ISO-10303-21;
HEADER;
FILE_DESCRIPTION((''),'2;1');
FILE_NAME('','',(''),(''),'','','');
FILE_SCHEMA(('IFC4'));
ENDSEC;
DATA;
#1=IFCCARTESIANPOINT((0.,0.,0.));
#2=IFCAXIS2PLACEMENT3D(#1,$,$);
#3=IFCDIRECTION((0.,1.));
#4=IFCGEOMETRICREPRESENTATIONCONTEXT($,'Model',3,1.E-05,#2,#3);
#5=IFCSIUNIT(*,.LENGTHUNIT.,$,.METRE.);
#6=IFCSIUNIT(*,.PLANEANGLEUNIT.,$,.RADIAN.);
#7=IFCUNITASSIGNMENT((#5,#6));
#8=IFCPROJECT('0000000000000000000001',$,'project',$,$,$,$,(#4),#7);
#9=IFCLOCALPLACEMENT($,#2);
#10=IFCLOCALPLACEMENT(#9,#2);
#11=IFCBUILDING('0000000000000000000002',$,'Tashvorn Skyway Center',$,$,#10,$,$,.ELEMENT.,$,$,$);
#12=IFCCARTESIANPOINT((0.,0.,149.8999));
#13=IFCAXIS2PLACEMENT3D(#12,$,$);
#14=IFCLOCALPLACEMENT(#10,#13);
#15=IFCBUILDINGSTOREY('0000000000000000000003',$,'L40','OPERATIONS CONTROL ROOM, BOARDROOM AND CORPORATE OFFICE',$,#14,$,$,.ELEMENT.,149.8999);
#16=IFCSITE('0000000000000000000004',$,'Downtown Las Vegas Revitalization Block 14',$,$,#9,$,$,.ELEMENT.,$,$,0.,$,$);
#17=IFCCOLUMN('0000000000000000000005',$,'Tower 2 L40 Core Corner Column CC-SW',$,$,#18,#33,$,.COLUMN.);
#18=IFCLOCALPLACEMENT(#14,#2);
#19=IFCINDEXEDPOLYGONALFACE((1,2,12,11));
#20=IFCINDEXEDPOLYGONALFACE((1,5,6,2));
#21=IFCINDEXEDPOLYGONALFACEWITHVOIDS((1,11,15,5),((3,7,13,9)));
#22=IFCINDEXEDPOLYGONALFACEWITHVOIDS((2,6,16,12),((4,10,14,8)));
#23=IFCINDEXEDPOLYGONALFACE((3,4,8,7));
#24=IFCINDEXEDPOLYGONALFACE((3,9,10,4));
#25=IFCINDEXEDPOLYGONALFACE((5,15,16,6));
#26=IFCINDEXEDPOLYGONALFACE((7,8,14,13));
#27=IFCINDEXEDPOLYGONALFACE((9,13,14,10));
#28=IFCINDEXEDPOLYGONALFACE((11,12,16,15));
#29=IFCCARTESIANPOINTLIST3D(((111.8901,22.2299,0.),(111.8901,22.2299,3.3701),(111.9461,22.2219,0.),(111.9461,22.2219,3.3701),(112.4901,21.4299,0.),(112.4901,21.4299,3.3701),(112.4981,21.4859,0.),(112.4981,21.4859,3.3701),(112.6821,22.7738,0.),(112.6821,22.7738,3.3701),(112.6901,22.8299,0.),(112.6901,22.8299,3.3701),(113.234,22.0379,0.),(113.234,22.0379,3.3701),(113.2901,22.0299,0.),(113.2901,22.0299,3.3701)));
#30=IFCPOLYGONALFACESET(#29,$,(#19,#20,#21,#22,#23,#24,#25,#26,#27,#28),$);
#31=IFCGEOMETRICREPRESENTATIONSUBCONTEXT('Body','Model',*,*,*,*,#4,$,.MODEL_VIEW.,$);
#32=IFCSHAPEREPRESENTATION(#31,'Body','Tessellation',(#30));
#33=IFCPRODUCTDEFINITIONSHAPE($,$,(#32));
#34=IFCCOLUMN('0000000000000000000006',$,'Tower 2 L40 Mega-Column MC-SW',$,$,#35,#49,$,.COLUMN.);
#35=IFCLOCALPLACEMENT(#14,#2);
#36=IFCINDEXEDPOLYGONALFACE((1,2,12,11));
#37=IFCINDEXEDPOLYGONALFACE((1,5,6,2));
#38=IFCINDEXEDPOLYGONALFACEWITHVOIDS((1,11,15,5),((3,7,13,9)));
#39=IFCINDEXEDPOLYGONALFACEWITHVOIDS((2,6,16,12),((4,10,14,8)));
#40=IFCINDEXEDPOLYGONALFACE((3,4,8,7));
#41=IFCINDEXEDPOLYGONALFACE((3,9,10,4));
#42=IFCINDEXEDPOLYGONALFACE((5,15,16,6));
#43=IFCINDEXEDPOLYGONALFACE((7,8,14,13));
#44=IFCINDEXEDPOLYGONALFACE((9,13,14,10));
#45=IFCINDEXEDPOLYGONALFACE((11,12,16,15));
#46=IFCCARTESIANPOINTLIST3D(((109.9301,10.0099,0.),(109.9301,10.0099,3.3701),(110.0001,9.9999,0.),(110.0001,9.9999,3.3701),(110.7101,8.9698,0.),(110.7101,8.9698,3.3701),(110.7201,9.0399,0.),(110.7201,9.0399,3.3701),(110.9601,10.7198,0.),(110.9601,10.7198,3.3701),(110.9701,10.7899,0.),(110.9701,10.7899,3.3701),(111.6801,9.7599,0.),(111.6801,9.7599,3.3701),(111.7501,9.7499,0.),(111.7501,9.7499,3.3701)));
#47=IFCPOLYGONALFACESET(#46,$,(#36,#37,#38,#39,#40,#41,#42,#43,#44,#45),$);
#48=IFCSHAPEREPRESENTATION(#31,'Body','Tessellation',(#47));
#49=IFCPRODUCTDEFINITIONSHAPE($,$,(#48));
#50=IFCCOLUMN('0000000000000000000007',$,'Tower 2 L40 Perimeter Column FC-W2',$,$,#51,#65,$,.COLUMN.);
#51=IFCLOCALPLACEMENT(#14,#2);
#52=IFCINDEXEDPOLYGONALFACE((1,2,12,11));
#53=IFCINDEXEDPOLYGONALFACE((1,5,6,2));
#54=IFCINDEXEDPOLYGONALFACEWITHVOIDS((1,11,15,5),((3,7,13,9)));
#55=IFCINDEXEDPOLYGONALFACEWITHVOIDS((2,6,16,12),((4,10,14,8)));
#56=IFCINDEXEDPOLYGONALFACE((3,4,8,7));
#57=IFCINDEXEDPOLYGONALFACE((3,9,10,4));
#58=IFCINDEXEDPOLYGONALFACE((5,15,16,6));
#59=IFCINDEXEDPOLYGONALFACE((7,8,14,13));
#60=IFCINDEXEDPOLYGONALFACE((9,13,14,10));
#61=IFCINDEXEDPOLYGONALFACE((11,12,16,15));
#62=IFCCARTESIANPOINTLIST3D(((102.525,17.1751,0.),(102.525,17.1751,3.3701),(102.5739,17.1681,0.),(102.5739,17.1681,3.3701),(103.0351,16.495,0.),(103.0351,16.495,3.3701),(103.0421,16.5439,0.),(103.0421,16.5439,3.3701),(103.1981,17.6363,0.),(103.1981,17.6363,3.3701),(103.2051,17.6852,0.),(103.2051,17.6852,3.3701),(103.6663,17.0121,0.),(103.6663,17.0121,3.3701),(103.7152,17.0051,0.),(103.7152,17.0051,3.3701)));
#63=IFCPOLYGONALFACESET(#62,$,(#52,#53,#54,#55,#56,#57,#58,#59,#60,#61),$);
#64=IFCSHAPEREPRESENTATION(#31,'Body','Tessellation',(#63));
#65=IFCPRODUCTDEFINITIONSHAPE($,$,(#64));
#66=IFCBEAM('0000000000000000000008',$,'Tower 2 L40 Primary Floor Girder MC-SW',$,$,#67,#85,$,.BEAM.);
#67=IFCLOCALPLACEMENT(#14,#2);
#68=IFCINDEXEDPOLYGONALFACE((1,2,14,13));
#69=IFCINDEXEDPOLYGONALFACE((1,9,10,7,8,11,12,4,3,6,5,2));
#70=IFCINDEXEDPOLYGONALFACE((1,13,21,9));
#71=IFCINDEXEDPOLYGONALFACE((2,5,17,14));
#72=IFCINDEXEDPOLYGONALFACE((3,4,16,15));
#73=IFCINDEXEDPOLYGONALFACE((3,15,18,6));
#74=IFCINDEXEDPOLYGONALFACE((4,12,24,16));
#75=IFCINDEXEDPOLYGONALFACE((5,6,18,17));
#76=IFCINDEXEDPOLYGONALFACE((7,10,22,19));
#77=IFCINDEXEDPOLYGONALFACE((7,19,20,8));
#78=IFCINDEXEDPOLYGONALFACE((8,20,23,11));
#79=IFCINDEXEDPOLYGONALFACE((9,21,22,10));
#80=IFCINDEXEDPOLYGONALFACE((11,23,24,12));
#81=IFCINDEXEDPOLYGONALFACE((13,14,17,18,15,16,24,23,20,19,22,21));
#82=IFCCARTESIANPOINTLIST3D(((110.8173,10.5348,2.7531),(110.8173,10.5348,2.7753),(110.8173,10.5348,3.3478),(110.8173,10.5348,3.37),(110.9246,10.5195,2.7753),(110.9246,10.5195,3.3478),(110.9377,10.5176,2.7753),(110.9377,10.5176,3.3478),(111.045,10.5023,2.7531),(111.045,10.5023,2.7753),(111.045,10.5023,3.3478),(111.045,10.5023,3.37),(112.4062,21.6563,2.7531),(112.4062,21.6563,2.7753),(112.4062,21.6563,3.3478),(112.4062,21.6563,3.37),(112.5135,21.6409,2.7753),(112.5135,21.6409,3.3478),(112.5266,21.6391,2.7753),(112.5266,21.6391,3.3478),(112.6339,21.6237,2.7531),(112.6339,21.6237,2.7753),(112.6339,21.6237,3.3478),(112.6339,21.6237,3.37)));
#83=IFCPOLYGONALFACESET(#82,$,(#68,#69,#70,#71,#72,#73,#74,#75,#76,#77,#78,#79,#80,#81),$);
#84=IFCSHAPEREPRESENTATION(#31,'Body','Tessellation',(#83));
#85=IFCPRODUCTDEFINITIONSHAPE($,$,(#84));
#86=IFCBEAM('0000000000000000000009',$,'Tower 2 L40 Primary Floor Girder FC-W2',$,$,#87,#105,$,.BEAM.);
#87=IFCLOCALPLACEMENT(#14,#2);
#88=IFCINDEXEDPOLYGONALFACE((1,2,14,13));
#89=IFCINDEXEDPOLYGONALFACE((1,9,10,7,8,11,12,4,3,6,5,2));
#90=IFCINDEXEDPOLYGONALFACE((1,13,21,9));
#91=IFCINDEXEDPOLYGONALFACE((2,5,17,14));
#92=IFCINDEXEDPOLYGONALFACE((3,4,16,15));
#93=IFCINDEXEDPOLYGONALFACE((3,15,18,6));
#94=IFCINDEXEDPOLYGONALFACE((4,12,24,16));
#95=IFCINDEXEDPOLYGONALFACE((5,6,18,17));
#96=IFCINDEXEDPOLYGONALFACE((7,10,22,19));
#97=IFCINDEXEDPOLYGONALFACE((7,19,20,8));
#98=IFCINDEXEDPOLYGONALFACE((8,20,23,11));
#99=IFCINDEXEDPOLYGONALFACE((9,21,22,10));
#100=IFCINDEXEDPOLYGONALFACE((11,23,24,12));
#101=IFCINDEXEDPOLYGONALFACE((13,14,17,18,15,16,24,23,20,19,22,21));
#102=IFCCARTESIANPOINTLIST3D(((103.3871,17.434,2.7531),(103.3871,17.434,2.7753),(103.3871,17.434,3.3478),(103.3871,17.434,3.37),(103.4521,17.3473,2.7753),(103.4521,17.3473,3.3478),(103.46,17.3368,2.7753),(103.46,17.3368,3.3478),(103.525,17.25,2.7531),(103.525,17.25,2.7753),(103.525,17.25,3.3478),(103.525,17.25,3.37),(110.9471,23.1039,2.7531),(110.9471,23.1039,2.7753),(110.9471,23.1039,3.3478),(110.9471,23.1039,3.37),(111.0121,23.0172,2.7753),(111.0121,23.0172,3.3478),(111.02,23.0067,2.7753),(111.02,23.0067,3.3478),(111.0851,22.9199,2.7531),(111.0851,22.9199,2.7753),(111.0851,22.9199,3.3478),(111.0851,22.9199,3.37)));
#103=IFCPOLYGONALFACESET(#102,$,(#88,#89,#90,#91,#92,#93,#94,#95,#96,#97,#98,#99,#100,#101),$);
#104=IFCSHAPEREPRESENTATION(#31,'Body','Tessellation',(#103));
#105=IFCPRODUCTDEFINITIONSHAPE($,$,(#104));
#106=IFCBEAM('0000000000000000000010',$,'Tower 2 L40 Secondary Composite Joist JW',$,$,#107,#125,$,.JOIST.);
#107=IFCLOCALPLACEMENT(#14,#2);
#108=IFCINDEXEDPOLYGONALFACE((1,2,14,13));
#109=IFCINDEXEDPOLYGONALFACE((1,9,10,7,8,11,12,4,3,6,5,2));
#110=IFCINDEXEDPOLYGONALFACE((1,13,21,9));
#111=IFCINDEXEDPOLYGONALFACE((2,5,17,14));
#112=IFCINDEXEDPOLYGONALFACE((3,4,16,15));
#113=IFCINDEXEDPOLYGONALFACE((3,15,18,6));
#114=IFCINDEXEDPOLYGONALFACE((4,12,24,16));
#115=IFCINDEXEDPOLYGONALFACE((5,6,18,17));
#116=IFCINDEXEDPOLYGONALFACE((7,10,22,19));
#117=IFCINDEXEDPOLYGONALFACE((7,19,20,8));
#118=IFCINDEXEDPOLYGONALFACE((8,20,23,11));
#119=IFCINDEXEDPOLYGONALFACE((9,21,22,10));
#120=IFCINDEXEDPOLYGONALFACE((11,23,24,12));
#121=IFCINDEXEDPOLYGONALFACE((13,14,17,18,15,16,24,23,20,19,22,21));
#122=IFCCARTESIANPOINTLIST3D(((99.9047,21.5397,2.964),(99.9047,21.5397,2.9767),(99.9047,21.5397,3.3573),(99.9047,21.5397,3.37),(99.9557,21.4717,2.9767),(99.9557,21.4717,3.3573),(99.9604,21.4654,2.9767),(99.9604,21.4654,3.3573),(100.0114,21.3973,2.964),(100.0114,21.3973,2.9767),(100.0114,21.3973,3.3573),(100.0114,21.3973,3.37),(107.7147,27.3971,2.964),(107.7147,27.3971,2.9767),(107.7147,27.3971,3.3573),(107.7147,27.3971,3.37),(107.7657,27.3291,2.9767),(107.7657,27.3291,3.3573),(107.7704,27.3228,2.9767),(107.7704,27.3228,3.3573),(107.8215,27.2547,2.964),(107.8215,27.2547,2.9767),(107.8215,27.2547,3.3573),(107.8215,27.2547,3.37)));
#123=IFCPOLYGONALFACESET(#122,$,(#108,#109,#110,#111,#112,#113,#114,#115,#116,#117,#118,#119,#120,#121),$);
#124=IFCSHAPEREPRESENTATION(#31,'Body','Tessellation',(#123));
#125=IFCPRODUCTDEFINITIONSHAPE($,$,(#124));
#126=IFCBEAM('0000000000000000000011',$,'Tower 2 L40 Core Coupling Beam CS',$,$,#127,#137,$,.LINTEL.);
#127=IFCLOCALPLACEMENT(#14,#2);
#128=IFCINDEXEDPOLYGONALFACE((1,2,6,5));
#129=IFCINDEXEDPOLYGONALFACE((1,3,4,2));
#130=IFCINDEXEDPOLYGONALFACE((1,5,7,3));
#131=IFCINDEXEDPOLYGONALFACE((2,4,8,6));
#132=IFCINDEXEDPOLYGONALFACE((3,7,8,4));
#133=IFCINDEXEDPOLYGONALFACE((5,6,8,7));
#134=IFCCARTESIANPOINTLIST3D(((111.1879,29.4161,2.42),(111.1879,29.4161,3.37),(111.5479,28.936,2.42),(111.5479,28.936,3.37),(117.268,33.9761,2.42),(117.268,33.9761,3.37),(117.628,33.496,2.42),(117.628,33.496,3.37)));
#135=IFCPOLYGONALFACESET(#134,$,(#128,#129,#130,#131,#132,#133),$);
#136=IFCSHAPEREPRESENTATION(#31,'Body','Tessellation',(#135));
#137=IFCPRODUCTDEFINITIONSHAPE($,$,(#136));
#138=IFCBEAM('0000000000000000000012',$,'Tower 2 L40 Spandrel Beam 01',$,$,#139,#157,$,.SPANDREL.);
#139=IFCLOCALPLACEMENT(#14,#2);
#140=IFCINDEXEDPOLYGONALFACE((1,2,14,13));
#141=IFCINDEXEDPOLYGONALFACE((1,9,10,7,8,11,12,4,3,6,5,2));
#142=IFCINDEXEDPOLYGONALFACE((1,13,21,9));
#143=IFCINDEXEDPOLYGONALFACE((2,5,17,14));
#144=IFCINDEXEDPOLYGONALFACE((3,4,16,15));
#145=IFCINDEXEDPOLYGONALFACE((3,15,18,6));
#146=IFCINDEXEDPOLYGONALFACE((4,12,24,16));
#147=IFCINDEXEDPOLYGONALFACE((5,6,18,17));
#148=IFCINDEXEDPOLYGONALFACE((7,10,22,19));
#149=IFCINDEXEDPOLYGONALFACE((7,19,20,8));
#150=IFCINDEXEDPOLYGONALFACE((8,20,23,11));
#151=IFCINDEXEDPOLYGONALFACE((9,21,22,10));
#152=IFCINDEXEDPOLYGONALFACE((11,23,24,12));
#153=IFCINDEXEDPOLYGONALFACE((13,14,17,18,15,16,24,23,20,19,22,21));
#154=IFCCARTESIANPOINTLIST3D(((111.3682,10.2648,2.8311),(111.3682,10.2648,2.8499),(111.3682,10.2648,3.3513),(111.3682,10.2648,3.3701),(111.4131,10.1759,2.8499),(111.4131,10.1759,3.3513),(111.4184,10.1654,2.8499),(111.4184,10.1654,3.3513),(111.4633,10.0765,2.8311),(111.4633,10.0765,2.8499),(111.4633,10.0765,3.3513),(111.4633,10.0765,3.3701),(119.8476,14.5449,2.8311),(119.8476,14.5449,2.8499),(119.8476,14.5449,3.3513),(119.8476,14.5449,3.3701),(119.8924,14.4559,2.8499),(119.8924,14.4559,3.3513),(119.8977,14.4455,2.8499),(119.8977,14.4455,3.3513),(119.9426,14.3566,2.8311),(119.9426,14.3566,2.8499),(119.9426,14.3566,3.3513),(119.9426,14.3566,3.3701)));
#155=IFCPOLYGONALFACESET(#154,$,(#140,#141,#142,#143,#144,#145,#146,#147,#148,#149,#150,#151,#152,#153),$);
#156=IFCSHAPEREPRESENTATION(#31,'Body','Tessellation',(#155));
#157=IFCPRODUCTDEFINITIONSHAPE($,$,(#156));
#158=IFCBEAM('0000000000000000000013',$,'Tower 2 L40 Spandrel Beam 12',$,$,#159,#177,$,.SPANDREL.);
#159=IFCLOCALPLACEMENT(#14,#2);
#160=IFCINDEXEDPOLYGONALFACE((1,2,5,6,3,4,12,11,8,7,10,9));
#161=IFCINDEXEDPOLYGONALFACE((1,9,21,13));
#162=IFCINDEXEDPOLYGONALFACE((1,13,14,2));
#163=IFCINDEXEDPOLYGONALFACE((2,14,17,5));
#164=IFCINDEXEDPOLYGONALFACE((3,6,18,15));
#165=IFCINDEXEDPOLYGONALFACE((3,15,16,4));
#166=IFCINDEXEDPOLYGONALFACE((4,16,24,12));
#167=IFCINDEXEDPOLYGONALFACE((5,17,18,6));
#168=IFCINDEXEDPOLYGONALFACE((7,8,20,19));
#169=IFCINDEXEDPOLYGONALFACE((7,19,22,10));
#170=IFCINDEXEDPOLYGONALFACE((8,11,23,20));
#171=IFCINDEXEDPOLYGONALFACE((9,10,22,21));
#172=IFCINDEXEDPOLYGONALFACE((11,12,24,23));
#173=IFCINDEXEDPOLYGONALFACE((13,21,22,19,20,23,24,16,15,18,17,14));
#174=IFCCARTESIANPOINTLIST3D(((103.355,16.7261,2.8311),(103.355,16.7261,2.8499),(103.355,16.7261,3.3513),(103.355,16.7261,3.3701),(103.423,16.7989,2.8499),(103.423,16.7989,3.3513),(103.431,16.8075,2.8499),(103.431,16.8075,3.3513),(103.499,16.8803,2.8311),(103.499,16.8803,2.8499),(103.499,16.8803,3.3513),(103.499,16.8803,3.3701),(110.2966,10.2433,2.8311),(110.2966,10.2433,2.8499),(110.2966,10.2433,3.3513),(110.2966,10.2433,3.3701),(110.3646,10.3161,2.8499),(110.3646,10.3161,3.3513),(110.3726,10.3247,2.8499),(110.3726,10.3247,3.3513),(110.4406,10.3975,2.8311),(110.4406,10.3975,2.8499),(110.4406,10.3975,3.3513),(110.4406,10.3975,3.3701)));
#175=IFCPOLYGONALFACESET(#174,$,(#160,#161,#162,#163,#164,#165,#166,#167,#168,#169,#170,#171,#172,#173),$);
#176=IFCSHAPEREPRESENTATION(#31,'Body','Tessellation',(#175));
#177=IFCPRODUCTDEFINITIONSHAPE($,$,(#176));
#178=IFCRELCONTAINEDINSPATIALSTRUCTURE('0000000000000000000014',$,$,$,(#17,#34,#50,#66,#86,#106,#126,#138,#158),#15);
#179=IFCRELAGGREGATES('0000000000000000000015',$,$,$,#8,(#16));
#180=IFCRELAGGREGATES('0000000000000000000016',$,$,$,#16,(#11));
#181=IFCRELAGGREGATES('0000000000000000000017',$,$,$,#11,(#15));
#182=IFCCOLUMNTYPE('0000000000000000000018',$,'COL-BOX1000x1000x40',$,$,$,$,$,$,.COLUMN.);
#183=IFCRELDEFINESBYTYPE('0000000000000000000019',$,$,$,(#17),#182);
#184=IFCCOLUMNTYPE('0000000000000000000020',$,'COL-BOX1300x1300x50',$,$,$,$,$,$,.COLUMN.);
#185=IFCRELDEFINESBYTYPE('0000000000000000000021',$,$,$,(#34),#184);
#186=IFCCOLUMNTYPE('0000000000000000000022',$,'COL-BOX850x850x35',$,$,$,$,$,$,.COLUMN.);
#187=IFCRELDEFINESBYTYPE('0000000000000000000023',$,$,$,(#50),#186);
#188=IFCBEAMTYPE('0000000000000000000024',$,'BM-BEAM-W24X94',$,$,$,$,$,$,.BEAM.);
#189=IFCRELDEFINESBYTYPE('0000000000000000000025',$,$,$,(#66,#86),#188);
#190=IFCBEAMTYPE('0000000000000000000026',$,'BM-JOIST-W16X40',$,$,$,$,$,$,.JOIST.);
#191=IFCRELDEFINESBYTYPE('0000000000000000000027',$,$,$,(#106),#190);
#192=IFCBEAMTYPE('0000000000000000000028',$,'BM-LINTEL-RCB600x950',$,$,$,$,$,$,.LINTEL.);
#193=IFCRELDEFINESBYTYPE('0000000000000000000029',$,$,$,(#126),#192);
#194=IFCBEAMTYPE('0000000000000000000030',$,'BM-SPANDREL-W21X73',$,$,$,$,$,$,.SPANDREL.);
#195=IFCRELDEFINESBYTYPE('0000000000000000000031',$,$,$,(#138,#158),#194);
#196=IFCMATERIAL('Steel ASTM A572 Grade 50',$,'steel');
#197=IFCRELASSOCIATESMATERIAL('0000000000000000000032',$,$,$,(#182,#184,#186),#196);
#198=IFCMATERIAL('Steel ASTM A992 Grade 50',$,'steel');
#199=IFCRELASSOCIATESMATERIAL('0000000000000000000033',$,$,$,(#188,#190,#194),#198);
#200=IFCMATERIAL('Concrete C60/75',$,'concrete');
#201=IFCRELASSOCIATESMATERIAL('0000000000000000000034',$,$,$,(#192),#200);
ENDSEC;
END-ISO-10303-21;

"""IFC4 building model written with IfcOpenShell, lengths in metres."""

from ifc_helpers import new_model, si_unit, direction, frame, origin, origin_2d, place, context, subcontext, project, spatial, rectangle, hollow_rectangle, i_section, extrude, material, material_profile, profile_set, type_object, element, save


model = new_model("IFC4")

# Units and contexts
model_context = context("Model", 3, precision=1e-05, world=origin(), true_north=direction((0.0, 1.0)))
body_context = subcontext(model_context, "Body", "Model", "MODEL_VIEW")
ifc_project = project(units=[si_unit("LENGTHUNIT", "METRE"), si_unit("PLANEANGLEUNIT", "RADIAN")], contexts=[model_context])

# Site, building, storey
site_placement = place(None, origin())
site = spatial("IfcSite", under=ifc_project, at=site_placement, Name="Downtown Las Vegas Revitalization Block 14", CompositionType="ELEMENT", RefElevation=0.0)
building_placement = place(site_placement, origin())
building = spatial("IfcBuilding", under=site, at=building_placement, Name="Tashvorn Skyway Center", CompositionType="ELEMENT")
storey_placement = place(building_placement, frame((0.0, 0.0, 149.8999)))
storey = spatial("IfcBuildingStorey", under=building, at=storey_placement, Name="L40", Description="OPERATIONS CONTROL ROOM, BOARDROOM AND CORPORATE OFFICE", CompositionType="ELEMENT", Elevation=149.8999)

# Columns
ifc_material_1 = material(Name="Steel ASTM A572 Grade 50", Category="steel")
ifc_material_profile_1 = material_profile(ifc_material_1, hollow_rectangle(XDim=1.0, YDim=1.0, WallThickness=0.04, at=origin_2d()), Name="BOX1000x1000x40")
ifc_profile_set_1 = profile_set([ifc_material_profile_1], Name="Steel ASTM A572 Grade 50")
column_type_1 = type_object("IfcColumnType", Name="COL-BOX1000x1000x40", PredefinedType="COLUMN", material=ifc_profile_set_1)
column_1_placement = place(storey_placement, frame((112.5901, 22.1299, 0.0), z_axis=(0.0, 0.0, 1.0), x_axis=(0.8, 0.6, 0.0)))
element("IfcColumn", 1, at=column_1_placement, inside=storey, type_object=column_type_1, Name="Tower 2 L40 Core Corner Column CC-SW", PredefinedType="COLUMN", context=body_context, shape_type="SweptSolid", body=[
    extrude(hollow_rectangle(XDim=1.0, YDim=1.0, WallThickness=0.04, at=origin_2d()), origin(), (0.0, 0.0, 1.0), 3.3701),
])
ifc_material_profile_2 = material_profile(ifc_material_1, hollow_rectangle(XDim=1.3, YDim=1.3, WallThickness=0.05, at=origin_2d()), Name="BOX1300x1300x50")
ifc_profile_set_2 = profile_set([ifc_material_profile_2], Name="Steel ASTM A572 Grade 50")
column_type_2 = type_object("IfcColumnType", Name="COL-BOX1300x1300x50", PredefinedType="COLUMN", material=ifc_profile_set_2)
column_2_placement = place(storey_placement, frame((110.8401, 9.8799, 0.0), z_axis=(0.0, 0.0, 1.0), x_axis=(0.8, 0.6, 0.0)))
element("IfcColumn", 2, at=column_2_placement, inside=storey, type_object=column_type_2, Name="Tower 2 L40 Mega-Column MC-SW", PredefinedType="COLUMN", context=body_context, shape_type="SweptSolid", body=[
    extrude(hollow_rectangle(XDim=1.3, YDim=1.3, WallThickness=0.05, at=origin_2d()), origin(), (0.0, 0.0, 1.0), 3.3701),
])
ifc_material_profile_3 = material_profile(ifc_material_1, hollow_rectangle(XDim=0.8501, YDim=0.8501, WallThickness=0.0349, at=origin_2d()), Name="BOX850x850x35")
ifc_profile_set_3 = profile_set([ifc_material_profile_3], Name="Steel ASTM A572 Grade 50")
column_type_3 = type_object("IfcColumnType", Name="COL-BOX850x850x35", PredefinedType="COLUMN", material=ifc_profile_set_3)
column_3_placement = place(storey_placement, frame((103.1201, 17.0901, 0.0), z_axis=(0.0, 0.0, 1.0), x_axis=(0.8, 0.6, 0.0)))
element("IfcColumn", 3, at=column_3_placement, inside=storey, type_object=column_type_3, Name="Tower 2 L40 Perimeter Column FC-W2", PredefinedType="COLUMN", context=body_context, shape_type="SweptSolid", body=[
    extrude(hollow_rectangle(XDim=0.8501, YDim=0.8501, WallThickness=0.0349, at=origin_2d()), origin(), (0.0, 0.0, 1.0), 3.3701),
])

# Beams
ifc_material_2 = material(Name="Steel ASTM A992 Grade 50", Category="steel")
ifc_material_profile_4 = material_profile(ifc_material_2, i_section(OverallWidth=0.23, OverallDepth=0.6169, WebThickness=0.0132, FlangeThickness=0.0222, at=origin_2d()), Name="W24X94")
ifc_profile_set_4 = profile_set([ifc_material_profile_4], Name="Steel ASTM A992 Grade 50")
beam_type_1 = type_object("IfcBeamType", Name="BM-BEAM-W24X94", PredefinedType="BEAM", material=ifc_profile_set_4)
beam_1_placement = place(storey_placement, frame((110.9312, 10.5186, 3.0615), z_axis=(0.14143, 0.989948, 0.0), x_axis=(-0.989948, 0.14143, 0.0)))
element("IfcBeam", 4, at=beam_1_placement, inside=storey, type_object=beam_type_1, Name="Tower 2 L40 Primary Floor Girder MC-SW", PredefinedType="BEAM", context=body_context, shape_type="SweptSolid", body=[
    extrude(i_section(OverallWidth=0.23, OverallDepth=0.6169, WebThickness=0.0132, FlangeThickness=0.0222, at=origin_2d()), origin(), (0.0, 0.0, 1.0), 11.2344),
])
beam_2_placement = place(storey_placement, frame((103.4561, 17.342, 3.0615), z_axis=(0.800006, 0.599992, 0.0), x_axis=(-0.599992, 0.800006, 0.0)))
element("IfcBeam", 5, at=beam_2_placement, inside=storey, type_object=beam_type_1, Name="Tower 2 L40 Primary Floor Girder FC-W2", PredefinedType="BEAM", context=body_context, shape_type="SweptSolid", body=[
    extrude(i_section(OverallWidth=0.23, OverallDepth=0.6169, WebThickness=0.0132, FlangeThickness=0.0222, at=origin_2d()), origin(), (0.0, 0.0, 1.0), 9.45),
])
ifc_material_profile_5 = material_profile(ifc_material_2, i_section(OverallWidth=0.178, OverallDepth=0.406, WebThickness=0.0078, FlangeThickness=0.0127, at=origin_2d()), Name="W16X40")
ifc_profile_set_5 = profile_set([ifc_material_profile_5], Name="Steel ASTM A992 Grade 50")
beam_type_2 = type_object("IfcBeamType", Name="BM-JOIST-W16X40", PredefinedType="JOIST", material=ifc_profile_set_5)
beam_3_placement = place(storey_placement, frame((107.7681, 27.3259, 3.167), z_axis=(-0.800006, -0.599992, 0.0), x_axis=(0.599992, -0.800006, 0.0)))
element("IfcBeam", 6, at=beam_3_placement, inside=storey, type_object=beam_type_2, Name="Tower 2 L40 Secondary Composite Joist JW", PredefinedType="JOIST", context=body_context, shape_type="SweptSolid", body=[
    extrude(i_section(OverallWidth=0.178, OverallDepth=0.406, WebThickness=0.0078, FlangeThickness=0.0127, at=origin_2d()), origin(), (0.0, 0.0, 1.0), 9.7625),
])
ifc_material_3 = material(Name="Concrete C60/75", Category="concrete")
ifc_material_profile_6 = material_profile(ifc_material_3, rectangle(XDim=0.6001, YDim=0.95, at=origin_2d()), Name="RCB600x950")
ifc_profile_set_6 = profile_set([ifc_material_profile_6], Name="Concrete C60/75")
beam_type_3 = type_object("IfcBeamType", Name="BM-LINTEL-RCB600x950", PredefinedType="LINTEL", material=ifc_profile_set_6)
beam_4_placement = place(storey_placement, frame((111.3679, 29.176, 2.895), z_axis=(0.8, 0.6, 0.0), x_axis=(-0.6, 0.8, 0.0)))
element("IfcBeam", 7, at=beam_4_placement, inside=storey, type_object=beam_type_3, Name="Tower 2 L40 Core Coupling Beam CS", PredefinedType="LINTEL", context=body_context, shape_type="SweptSolid", body=[
    extrude(rectangle(XDim=0.6001, YDim=0.95, at=origin_2d()), origin(), (0.0, 0.0, 1.0), 7.6001),
])
ifc_material_profile_7 = material_profile(ifc_material_2, i_section(OverallWidth=0.2109, OverallDepth=0.5391, WebThickness=0.0117, FlangeThickness=0.0188, at=origin_2d()), Name="W21X73")
ifc_profile_set_7 = profile_set([ifc_material_profile_7], Name="Steel ASTM A992 Grade 50")
beam_type_4 = type_object("IfcBeamType", Name="BM-SPANDREL-W21X73", PredefinedType="SPANDREL", material=ifc_profile_set_7)
beam_5_placement = place(storey_placement, frame((111.4158, 10.1707, 3.1006), z_axis=(0.892719, 0.450614, 0.0), x_axis=(-0.450614, 0.892719, 0.0)))
element("IfcBeam", 8, at=beam_5_placement, inside=storey, type_object=beam_type_4, Name="Tower 2 L40 Spandrel Beam 01", PredefinedType="SPANDREL", context=body_context, shape_type="SweptSolid", body=[
    extrude(i_section(OverallWidth=0.2109, OverallDepth=0.5391, WebThickness=0.0117, FlangeThickness=0.0188, at=origin_2d()), origin(), (0.0, 0.0, 1.0), 9.4983),
])
beam_6_placement = place(storey_placement, frame((103.427, 16.8032, 3.1006), z_axis=(0.730843, -0.682545, 0.0), x_axis=(0.682545, 0.730843, 0.0)))
element("IfcBeam", 9, at=beam_6_placement, inside=storey, type_object=beam_type_4, Name="Tower 2 L40 Spandrel Beam 12", PredefinedType="SPANDREL", context=body_context, shape_type="SweptSolid", body=[
    extrude(i_section(OverallWidth=0.2109, OverallDepth=0.5391, WebThickness=0.0117, FlangeThickness=0.0188, at=origin_2d()), origin(), (0.0, 0.0, 1.0), 9.498),
])

save(model, "model.ifc")
